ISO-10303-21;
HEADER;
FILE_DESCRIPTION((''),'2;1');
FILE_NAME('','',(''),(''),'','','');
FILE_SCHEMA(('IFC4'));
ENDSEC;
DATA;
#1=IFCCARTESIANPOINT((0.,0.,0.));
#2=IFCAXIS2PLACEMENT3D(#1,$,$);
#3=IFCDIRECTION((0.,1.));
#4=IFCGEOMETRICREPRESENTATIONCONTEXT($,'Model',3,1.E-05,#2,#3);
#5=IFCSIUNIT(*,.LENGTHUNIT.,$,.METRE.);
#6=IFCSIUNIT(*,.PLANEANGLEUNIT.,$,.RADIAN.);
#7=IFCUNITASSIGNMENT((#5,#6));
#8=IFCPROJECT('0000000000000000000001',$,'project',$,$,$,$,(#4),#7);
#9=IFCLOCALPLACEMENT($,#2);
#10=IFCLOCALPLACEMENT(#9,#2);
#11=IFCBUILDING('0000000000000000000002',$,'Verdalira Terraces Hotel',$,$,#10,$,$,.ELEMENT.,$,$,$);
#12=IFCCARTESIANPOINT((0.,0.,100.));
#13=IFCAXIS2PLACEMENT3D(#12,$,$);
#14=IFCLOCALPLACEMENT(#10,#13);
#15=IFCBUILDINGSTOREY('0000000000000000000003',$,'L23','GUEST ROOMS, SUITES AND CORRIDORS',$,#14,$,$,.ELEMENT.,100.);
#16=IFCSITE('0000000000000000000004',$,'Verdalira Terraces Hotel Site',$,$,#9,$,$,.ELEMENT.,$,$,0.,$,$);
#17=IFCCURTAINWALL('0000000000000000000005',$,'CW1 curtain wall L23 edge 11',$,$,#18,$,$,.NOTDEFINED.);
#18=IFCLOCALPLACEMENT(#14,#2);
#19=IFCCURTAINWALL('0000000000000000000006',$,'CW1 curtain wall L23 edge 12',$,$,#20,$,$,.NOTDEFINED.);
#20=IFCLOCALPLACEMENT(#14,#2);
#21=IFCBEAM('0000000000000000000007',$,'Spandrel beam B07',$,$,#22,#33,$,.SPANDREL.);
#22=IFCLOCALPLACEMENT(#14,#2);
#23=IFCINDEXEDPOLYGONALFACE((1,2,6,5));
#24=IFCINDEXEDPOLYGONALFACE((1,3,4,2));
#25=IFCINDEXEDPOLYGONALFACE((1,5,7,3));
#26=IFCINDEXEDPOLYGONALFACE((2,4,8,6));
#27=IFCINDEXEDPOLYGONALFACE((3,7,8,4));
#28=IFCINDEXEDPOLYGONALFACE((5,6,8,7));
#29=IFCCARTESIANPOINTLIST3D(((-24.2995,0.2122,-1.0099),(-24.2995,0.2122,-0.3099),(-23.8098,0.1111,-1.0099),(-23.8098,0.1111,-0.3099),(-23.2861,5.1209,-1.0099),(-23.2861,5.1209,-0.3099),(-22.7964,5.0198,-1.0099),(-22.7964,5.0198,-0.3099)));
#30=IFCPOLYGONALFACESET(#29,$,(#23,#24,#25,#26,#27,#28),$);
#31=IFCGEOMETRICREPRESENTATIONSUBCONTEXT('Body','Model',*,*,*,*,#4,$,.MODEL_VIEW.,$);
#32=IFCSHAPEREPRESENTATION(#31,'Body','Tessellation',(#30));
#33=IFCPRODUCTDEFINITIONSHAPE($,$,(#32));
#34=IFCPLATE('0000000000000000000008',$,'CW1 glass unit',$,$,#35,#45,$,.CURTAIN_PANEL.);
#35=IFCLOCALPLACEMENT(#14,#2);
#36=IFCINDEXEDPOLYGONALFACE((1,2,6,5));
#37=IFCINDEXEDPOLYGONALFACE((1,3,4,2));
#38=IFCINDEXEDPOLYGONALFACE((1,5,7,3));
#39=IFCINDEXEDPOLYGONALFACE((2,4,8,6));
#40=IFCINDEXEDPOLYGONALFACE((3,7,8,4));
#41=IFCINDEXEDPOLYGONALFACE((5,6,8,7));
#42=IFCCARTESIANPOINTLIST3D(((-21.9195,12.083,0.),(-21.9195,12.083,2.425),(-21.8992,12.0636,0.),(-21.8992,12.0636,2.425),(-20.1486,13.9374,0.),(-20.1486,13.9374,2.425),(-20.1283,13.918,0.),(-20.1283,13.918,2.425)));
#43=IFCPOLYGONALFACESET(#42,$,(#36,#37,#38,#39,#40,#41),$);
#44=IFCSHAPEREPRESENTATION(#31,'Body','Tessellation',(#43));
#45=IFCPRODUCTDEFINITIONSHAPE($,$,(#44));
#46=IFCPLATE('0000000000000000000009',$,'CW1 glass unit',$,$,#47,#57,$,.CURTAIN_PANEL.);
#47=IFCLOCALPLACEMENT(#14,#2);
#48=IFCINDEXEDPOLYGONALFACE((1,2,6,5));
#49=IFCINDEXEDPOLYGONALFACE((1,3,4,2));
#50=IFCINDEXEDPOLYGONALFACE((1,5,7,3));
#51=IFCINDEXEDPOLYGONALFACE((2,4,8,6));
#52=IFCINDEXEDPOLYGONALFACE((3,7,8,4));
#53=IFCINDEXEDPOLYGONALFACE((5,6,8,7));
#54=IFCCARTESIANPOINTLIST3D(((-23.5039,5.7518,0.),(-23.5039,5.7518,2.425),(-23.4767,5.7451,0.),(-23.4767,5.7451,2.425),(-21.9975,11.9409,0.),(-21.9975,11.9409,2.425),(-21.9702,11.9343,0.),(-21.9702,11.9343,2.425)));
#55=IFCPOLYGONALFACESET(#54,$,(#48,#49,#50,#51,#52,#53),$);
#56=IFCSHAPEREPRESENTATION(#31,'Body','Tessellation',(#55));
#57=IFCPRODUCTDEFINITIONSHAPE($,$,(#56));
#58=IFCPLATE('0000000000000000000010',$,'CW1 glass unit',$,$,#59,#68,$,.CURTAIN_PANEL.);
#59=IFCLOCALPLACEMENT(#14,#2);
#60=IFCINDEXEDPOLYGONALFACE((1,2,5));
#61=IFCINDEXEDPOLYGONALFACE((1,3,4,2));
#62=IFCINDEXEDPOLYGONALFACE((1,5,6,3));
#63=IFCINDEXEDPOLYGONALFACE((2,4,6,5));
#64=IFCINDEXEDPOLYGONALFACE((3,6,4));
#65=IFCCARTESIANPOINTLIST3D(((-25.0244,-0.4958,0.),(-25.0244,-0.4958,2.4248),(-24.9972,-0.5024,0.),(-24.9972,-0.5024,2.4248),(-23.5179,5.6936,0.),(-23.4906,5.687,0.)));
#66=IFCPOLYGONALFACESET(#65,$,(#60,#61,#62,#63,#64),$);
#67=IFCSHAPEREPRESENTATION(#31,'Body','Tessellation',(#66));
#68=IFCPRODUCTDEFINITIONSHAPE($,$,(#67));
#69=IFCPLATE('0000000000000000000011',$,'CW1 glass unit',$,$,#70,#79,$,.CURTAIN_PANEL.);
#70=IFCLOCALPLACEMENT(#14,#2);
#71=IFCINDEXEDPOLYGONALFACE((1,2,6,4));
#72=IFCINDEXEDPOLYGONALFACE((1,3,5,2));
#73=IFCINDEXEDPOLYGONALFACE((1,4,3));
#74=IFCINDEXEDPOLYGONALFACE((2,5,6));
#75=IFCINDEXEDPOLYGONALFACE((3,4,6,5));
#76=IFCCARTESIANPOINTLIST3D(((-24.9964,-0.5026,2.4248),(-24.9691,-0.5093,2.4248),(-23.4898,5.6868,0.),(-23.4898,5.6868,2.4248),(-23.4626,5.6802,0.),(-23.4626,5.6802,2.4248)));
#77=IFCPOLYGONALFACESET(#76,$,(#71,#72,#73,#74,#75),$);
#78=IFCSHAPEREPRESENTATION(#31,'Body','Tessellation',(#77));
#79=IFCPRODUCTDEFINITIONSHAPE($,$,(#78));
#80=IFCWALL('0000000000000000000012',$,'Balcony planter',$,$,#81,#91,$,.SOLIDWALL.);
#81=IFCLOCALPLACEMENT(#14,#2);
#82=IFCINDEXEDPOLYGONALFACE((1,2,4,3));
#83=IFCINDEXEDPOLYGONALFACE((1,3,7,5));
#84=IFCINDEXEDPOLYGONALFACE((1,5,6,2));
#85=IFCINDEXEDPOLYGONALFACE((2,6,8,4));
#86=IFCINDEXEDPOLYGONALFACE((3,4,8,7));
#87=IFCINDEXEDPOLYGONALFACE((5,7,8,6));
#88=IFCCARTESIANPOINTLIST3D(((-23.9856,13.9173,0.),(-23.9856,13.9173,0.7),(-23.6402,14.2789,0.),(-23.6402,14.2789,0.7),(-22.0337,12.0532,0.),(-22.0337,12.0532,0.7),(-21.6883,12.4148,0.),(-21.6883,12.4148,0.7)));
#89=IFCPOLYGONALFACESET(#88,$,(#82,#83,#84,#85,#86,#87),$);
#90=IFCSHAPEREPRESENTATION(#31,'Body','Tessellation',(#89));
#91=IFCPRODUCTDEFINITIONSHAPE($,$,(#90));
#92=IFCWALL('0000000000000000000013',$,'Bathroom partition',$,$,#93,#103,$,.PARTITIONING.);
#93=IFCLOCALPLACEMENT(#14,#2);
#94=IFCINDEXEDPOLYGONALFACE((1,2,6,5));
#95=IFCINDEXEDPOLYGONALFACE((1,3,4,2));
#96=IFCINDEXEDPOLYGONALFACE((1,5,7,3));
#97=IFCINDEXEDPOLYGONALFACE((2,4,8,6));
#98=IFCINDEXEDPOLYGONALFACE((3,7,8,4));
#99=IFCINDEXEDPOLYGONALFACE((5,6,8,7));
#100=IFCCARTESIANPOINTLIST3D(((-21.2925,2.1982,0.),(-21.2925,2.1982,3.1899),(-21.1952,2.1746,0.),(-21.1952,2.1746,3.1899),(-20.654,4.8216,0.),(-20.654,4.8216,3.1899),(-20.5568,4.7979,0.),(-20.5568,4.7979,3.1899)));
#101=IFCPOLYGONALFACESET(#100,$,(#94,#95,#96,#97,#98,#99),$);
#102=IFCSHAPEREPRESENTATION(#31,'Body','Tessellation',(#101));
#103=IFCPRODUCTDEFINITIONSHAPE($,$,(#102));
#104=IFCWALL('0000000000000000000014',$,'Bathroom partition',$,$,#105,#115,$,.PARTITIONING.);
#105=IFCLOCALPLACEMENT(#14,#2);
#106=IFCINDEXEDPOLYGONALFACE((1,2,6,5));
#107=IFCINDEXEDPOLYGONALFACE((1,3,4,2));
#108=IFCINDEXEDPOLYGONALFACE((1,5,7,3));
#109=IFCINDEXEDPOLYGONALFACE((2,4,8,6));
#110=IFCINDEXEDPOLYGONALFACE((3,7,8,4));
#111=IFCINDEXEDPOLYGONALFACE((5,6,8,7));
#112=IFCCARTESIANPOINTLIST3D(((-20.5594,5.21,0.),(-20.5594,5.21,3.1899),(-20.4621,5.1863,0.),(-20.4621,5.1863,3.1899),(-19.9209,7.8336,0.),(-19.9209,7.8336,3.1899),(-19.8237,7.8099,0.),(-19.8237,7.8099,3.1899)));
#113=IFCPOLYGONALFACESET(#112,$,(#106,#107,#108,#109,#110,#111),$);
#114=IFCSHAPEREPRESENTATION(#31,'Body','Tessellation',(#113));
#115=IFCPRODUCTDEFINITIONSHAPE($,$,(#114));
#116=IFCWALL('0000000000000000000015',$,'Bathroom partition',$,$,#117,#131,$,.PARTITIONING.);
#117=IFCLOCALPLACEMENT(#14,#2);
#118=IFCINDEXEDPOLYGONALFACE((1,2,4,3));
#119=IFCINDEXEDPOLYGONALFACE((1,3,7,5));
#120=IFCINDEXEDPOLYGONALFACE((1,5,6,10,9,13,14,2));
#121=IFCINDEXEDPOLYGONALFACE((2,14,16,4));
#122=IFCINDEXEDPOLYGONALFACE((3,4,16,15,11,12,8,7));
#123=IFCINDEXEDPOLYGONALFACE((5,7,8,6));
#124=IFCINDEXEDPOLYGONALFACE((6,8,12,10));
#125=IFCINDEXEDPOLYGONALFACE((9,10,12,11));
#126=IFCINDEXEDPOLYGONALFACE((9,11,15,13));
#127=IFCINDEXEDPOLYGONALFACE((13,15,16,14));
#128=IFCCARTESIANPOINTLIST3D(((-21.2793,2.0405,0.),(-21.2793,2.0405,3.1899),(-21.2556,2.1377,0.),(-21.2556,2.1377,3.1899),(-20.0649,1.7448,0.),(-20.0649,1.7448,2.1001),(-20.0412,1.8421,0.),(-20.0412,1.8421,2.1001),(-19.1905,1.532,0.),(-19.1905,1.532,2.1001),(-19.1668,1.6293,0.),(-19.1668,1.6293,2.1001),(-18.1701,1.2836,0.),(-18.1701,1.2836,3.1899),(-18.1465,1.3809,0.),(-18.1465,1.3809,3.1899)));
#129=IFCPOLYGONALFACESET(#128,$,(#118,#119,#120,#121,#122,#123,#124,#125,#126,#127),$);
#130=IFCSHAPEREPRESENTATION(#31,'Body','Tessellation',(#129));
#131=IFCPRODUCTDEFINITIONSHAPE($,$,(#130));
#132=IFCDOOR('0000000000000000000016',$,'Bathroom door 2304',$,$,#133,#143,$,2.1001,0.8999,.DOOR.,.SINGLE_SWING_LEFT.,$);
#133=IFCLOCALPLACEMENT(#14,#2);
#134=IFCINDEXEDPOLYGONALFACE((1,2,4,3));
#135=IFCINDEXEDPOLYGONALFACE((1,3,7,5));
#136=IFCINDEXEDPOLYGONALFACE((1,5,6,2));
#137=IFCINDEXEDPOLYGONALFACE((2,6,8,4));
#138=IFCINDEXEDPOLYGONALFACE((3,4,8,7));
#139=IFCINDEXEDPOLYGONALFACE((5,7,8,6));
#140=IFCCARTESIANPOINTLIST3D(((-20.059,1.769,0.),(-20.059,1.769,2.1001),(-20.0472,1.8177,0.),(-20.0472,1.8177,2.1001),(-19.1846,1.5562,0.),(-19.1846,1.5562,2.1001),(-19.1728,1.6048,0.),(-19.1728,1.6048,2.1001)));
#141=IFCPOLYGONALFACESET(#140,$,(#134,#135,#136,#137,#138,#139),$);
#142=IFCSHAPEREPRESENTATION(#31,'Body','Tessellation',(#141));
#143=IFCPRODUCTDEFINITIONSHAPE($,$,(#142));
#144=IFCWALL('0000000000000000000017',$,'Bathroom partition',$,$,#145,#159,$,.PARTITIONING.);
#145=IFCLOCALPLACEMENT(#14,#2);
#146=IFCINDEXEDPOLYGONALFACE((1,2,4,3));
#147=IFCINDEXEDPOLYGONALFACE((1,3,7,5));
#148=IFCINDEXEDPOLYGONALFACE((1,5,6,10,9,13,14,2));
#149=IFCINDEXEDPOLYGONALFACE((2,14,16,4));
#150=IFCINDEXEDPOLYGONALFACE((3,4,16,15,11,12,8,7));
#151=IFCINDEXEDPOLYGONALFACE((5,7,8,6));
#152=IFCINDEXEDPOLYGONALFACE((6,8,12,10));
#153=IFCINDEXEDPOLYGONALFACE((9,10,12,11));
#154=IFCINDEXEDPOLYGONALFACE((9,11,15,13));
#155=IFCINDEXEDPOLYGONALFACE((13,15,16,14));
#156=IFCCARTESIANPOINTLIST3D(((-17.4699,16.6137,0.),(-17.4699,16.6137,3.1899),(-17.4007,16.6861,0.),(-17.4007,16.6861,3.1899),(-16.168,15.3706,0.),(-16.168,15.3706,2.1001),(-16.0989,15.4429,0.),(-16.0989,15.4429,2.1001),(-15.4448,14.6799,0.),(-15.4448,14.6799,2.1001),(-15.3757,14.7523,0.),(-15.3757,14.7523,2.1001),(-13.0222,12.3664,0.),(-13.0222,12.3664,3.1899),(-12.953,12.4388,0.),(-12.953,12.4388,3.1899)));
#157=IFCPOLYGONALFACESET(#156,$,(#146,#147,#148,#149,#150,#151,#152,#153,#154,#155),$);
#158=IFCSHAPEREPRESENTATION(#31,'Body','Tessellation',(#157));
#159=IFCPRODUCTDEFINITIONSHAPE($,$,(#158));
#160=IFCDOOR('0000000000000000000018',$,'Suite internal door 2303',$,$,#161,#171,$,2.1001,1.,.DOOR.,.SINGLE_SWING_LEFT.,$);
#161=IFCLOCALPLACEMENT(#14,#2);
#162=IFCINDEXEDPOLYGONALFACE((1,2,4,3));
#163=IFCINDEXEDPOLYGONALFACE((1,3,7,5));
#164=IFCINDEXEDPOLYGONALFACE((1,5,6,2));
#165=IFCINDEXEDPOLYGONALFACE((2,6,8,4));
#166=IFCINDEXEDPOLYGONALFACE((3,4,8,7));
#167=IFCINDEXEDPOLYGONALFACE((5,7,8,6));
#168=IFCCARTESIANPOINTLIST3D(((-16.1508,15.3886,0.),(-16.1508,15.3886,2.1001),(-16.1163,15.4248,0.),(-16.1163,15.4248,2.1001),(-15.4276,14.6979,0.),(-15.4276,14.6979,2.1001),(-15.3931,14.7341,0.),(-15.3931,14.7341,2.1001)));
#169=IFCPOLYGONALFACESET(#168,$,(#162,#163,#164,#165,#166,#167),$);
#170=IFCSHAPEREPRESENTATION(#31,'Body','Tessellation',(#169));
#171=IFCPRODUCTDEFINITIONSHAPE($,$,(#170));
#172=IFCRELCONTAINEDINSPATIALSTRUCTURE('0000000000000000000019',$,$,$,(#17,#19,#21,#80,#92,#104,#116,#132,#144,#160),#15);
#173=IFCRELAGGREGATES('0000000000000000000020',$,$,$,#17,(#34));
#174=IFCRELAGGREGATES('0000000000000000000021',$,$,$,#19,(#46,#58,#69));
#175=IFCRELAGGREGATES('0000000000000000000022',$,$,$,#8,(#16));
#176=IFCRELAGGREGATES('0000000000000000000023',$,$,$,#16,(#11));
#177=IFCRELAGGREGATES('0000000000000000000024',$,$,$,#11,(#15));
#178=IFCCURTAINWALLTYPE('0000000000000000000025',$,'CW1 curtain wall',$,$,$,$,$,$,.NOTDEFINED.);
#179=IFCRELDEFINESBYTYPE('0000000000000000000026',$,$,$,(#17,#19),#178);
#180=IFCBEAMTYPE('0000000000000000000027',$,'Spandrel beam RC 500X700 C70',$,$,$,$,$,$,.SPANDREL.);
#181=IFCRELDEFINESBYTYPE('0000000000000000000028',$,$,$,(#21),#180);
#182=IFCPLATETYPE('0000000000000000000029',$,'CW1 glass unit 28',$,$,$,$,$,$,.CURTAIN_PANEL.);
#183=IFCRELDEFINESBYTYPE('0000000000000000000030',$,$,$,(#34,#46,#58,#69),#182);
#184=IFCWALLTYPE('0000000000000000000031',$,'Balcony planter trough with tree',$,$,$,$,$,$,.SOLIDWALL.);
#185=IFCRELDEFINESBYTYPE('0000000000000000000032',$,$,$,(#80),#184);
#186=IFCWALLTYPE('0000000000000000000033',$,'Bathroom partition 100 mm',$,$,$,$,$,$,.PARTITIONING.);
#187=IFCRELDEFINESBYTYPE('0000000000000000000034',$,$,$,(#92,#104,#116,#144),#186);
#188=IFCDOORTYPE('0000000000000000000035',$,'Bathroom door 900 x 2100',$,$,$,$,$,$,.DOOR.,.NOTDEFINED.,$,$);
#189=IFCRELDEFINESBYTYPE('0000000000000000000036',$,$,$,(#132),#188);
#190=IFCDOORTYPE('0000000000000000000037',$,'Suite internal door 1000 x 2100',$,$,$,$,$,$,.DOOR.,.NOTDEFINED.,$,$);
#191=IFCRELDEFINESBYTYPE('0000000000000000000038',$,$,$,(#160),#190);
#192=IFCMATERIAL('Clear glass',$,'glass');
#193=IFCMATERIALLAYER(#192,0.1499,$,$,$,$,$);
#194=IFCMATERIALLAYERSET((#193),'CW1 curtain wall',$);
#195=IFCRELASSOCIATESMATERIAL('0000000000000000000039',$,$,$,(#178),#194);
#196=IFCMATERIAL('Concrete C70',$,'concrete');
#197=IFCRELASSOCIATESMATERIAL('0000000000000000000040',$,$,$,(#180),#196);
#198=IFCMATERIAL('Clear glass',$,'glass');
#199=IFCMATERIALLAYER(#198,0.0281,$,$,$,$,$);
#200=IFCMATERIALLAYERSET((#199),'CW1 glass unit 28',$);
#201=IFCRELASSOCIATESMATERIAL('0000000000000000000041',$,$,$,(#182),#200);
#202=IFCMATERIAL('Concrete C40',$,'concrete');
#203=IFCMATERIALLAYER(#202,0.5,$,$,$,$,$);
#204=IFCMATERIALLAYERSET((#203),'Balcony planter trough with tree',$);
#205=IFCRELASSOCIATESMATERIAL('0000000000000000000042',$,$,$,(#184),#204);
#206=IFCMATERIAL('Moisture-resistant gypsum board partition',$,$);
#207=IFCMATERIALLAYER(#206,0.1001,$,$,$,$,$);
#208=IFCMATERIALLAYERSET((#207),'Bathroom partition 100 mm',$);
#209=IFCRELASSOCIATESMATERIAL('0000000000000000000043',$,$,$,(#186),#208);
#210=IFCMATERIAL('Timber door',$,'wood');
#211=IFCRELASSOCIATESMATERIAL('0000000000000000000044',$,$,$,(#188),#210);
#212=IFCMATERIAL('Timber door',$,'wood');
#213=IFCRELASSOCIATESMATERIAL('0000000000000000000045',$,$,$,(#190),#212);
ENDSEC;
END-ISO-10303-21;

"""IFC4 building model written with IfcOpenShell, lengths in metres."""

from ifc_helpers import new_model, si_unit, direction, frame, frame_2d, origin, origin_2d, place, context, subcontext, project, spatial, polyline, rectangle, outline, extrude, material, layer, layer_set, material_profile, profile_set, type_object, element, fill, aggregate, save


model = new_model("IFC4")

# Units and contexts
model_context = context("Model", 3, precision=1e-05, world=origin(), true_north=direction((0.0, 1.0)))
body_context = subcontext(model_context, "Body", "Model", "MODEL_VIEW")
ifc_project = project(units=[si_unit("LENGTHUNIT", "METRE"), si_unit("PLANEANGLEUNIT", "RADIAN")], contexts=[model_context])

# Site, building, storey
site_placement = place(None, origin())
site = spatial("IfcSite", under=ifc_project, at=site_placement, Name="Verdalira Terraces Hotel Site", CompositionType="ELEMENT", RefElevation=0.0)
building_placement = place(site_placement, origin())
building = spatial("IfcBuilding", under=site, at=building_placement, Name="Verdalira Terraces Hotel", CompositionType="ELEMENT")
storey_placement = place(building_placement, frame((0.0, 0.0, 100.0)))
storey = spatial("IfcBuildingStorey", under=building, at=storey_placement, Name="L23", Description="GUEST ROOMS, SUITES AND CORRIDORS", CompositionType="ELEMENT", Elevation=100.0)

# Curtain wall
ifc_material_1 = material(Name="Clear glass", Category="glass")
ifc_layer_1 = layer(ifc_material_1, 0.1499)
ifc_layer_set_1 = layer_set([ifc_layer_1], Name="CW1 curtain wall")
curtain_wall_type = type_object("IfcCurtainWallType", Name="CW1 curtain wall", PredefinedType="NOTDEFINED", material=ifc_layer_set_1)
curtain_wall_1_placement = place(storey_placement, origin())
curtain_wall_1 = element("IfcCurtainWall", 1, at=curtain_wall_1_placement, inside=storey, type_object=curtain_wall_type, Name="CW1 curtain wall L23 edge 11", PredefinedType="NOTDEFINED")

# Curtain wall
curtain_wall_2_placement = place(storey_placement, origin())
curtain_wall_2 = element("IfcCurtainWall", 2, at=curtain_wall_2_placement, inside=storey, type_object=curtain_wall_type, Name="CW1 curtain wall L23 edge 12", PredefinedType="NOTDEFINED")

# Beam
ifc_material_2 = material(Name="Concrete C70", Category="concrete")
ifc_material_profile_1 = material_profile(ifc_material_2, rectangle(XDim=0.5, YDim=0.7, at=origin_2d()), Name="RC 500X700")
ifc_profile_set_1 = profile_set([ifc_material_profile_1], Name="Concrete C70")
beam_type_1 = type_object("IfcBeamType", Name="Spandrel beam RC 500X700 C70", PredefinedType="SPANDREL", material=ifc_profile_set_1)
beam_1_placement = place(storey_placement, frame((-23.0413, 5.0703, -0.6599), z_axis=(-0.202192, -0.979346, 0.0), x_axis=(0.979346, -0.202192, 0.0)))
element("IfcBeam", 3, at=beam_1_placement, inside=storey, type_object=beam_type_1, Name="Spandrel beam B07", PredefinedType="SPANDREL", context=body_context, shape_type="SweptSolid", body=[
    extrude(rectangle(XDim=0.5, YDim=0.7, at=origin_2d()), origin(), (0.0, 0.0, 1.0), 5.0122),
])

# Plates
ifc_material_3 = material(Name="Clear glass", Category="glass")
ifc_layer_2 = layer(ifc_material_3, 0.0281)
ifc_layer_set_2 = layer_set([ifc_layer_2], Name="CW1 glass unit 28")
plate_type = type_object("IfcPlateType", Name="CW1 glass unit 28", PredefinedType="CURTAIN_PANEL", material=ifc_layer_set_2)
plate_1_placement = place(storey_placement, frame((-21.0239, 13.0005, 0.0), z_axis=(0.0, 0.0, 1.0), x_axis=(-0.69063, -0.723208, 0.0)))
plate_1 = element("IfcPlate", 4, at=plate_1_placement, type_object=plate_type, Name="CW1 glass unit", PredefinedType="CURTAIN_PANEL", context=body_context, shape_type="SweptSolid", body=[
    extrude(rectangle(XDim=2.5642, YDim=0.0281, at=origin_2d()), origin(), (0.0, 0.0, 1.0), 2.425),
])
aggregate(curtain_wall_1, [plate_1])
plate_2_placement = place(storey_placement, frame((-22.7371, 8.843, 0.0), z_axis=(0.0, 0.0, 1.0), x_axis=(-0.236499, -0.971632, 0.0)))
plate_2 = element("IfcPlate", 5, at=plate_2_placement, type_object=plate_type, Name="CW1 glass unit", PredefinedType="CURTAIN_PANEL", context=body_context, shape_type="SweptSolid", body=[
    extrude(rectangle(XDim=6.3699, YDim=0.0281, at=origin_2d()), origin(), (0.0, 0.0, 1.0), 2.425),
])
plate_3_placement = place(storey_placement, frame((-24.2439, 2.5923, 1.2124), z_axis=(-0.971632, 0.236499, 0.0), x_axis=(-0.236499, -0.971632, 0.0)))
plate_3 = element("IfcPlate", 6, at=plate_3_placement, type_object=plate_type, Name="CW1 glass unit", PredefinedType="CURTAIN_PANEL", context=body_context, shape_type="SweptSolid", body=[
    extrude(outline(polyline([(-3.1851, -1.2124), (3.1851, -1.2124), (3.1851, 1.2124), (-3.1851, -1.2124)])), origin(), (0.0, 0.0, 1.0), 0.0281),
])
plate_4_placement = place(storey_placement, frame((-24.2158, 2.5854, 1.2124), z_axis=(-0.971632, 0.236499, 0.0), x_axis=(-0.236499, -0.971632, 0.0)))
plate_4 = element("IfcPlate", 7, at=plate_4_placement, type_object=plate_type, Name="CW1 glass unit", PredefinedType="CURTAIN_PANEL", context=body_context, shape_type="SweptSolid", body=[
    extrude(outline(polyline([(-3.1851, -1.2124), (3.1851, 1.2124), (-3.1851, 1.2124), (-3.1851, -1.2124)])), origin(), (0.0, 0.0, 1.0), 0.0281),
])
aggregate(curtain_wall_2, [plate_2, plate_3, plate_4])

# Walls
ifc_material_4 = material(Name="Concrete C40", Category="concrete")
ifc_layer_3 = layer(ifc_material_4, 0.5)
ifc_layer_set_3 = layer_set([ifc_layer_3], Name="Balcony planter trough with tree")
wall_type_1 = type_object("IfcWallType", Name="Balcony planter trough with tree", PredefinedType="SOLIDWALL", material=ifc_layer_set_3)
wall_1_placement = place(storey_placement, frame((-23.813, 14.0981, 0.0), z_axis=(0.0, 0.0, 1.0), x_axis=(0.723202, -0.690637, 0.0)))
element("IfcWall", 8, at=wall_1_placement, inside=storey, type_object=wall_type_1, Name="Balcony planter", PredefinedType="SOLIDWALL", context=body_context, shape_type="SweptSolid", body=[
    extrude(rectangle(XDim=2.699, YDim=0.5, at=frame_2d((1.3496, 0.0))), origin(), (0.0, 0.0, 1.0), 0.7),
])
ifc_material_5 = material(Name="Moisture-resistant gypsum board partition")
ifc_layer_4 = layer(ifc_material_5, 0.1001)
ifc_layer_set_4 = layer_set([ifc_layer_4], Name="Bathroom partition 100 mm")
wall_type_2 = type_object("IfcWallType", Name="Bathroom partition 100 mm", PredefinedType="PARTITIONING", material=ifc_layer_set_4)
wall_2_placement = place(storey_placement, frame((-21.2439, 2.1863, 0.0), z_axis=(0.0, 0.0, 1.0), x_axis=(0.236467, 0.97164, 0.0)))
element("IfcWall", 9, at=wall_2_placement, inside=storey, type_object=wall_type_2, Name="Bathroom partition", PredefinedType="PARTITIONING", context=body_context, shape_type="SweptSolid", body=[
    extrude(rectangle(XDim=2.7, YDim=0.1001, at=frame_2d((1.3501, 0.0))), origin(), (0.0, 0.0, 1.0), 3.1899),
])
wall_3_placement = place(storey_placement, frame((-19.8723, 7.8218, 0.0), z_axis=(0.0, 0.0, 1.0), x_axis=(-0.236446, -0.971645, 0.0)))
element("IfcWall", 10, at=wall_3_placement, inside=storey, type_object=wall_type_2, Name="Bathroom partition", PredefinedType="PARTITIONING", context=body_context, shape_type="SweptSolid", body=[
    extrude(rectangle(XDim=2.7002, YDim=0.1001, at=frame_2d((1.3501, 0.0))), origin(), (0.0, 0.0, 1.0), 3.1899),
])

# Walls, openings, doors
wall_4_placement = place(storey_placement, frame((-21.2676, 2.0891, 0.0), z_axis=(0.0, 0.0, 1.0), x_axis=(0.971627, -0.236517, 0.0)))
wall_4 = element("IfcWall", 11, at=wall_4_placement, inside=storey, type_object=wall_type_2, Name="Bathroom partition", PredefinedType="PARTITIONING", context=body_context, shape_type="SweptSolid", body=[
    extrude(rectangle(XDim=3.2, YDim=0.1001, at=frame_2d((1.6001, 0.0))), origin(), (0.0, 0.0, 1.0), 3.1899),
])
opening_1_placement = place(wall_4_placement, frame((1.25, 0.0, 0.0)))
opening_1 = element("IfcOpeningElement", 12, at=opening_1_placement, cuts=wall_4, PredefinedType="OPENING", context=body_context, shape_type="SweptSolid", body=[
    extrude(rectangle(XDim=0.8999, YDim=2.1001, at=frame_2d((0.45, 1.05))), frame((0.0, 0.0601, 0.0), z_axis=(0.0, -1.0, 0.0), x_axis=(1.0, 0.0, 0.0)), (0.0, 0.0, 1.0), 0.1201),
])
ifc_material_6 = material(Name="Timber door", Category="wood")
door_type_1 = type_object("IfcDoorType", Name="Bathroom door 900 x 2100", OperationType="NOTDEFINED", PredefinedType="DOOR", material=ifc_material_6)
door_1_placement = place(opening_1_placement, origin())
door_1 = element("IfcDoor", 13, at=door_1_placement, inside=storey, type_object=door_type_1, Name="Bathroom door 2304", OperationType="SINGLE_SWING_LEFT", OverallHeight=2.1001, OverallWidth=0.8999, PredefinedType="DOOR", context=body_context, shape_type="SweptSolid", body=[
    extrude(rectangle(XDim=0.8999, YDim=2.1001, at=frame_2d((0.45, 1.05))), frame((0.0, 0.0249, 0.0), z_axis=(0.0, -1.0, 0.0), x_axis=(1.0, 0.0, 0.0)), (0.0, 0.0, 1.0), 0.05),
])
fill(opening_1, door_1)
wall_5_placement = place(storey_placement, frame((-17.4353, 16.6499, 0.0), z_axis=(0.0, 0.0, 1.0), x_axis=(0.723215, -0.690623, 0.0)))
wall_5 = element("IfcWall", 14, at=wall_5_placement, inside=storey, type_object=wall_type_2, Name="Bathroom partition", PredefinedType="PARTITIONING", context=body_context, shape_type="SweptSolid", body=[
    extrude(rectangle(XDim=6.1499, YDim=0.1001, at=frame_2d((3.075, 0.0))), origin(), (0.0, 0.0, 1.0), 3.1899),
])
opening_2_placement = place(wall_5_placement, frame((1.8, 0.0, 0.0)))
opening_2 = element("IfcOpeningElement", 15, at=opening_2_placement, cuts=wall_5, PredefinedType="OPENING", context=body_context, shape_type="SweptSolid", body=[
    extrude(rectangle(XDim=1.0, YDim=2.1001, at=frame_2d((0.5, 1.05))), frame((0.0, 0.0601, 0.0), z_axis=(0.0, -1.0, 0.0), x_axis=(1.0, 0.0, 0.0)), (0.0, 0.0, 1.0), 0.1201),
])
ifc_material_7 = material(Name="Timber door", Category="wood")
door_type_2 = type_object("IfcDoorType", Name="Suite internal door 1000 x 2100", OperationType="NOTDEFINED", PredefinedType="DOOR", material=ifc_material_7)
door_2_placement = place(opening_2_placement, origin())
door_2 = element("IfcDoor", 16, at=door_2_placement, inside=storey, type_object=door_type_2, Name="Suite internal door 2303", OperationType="SINGLE_SWING_LEFT", OverallHeight=2.1001, OverallWidth=1.0, PredefinedType="DOOR", context=body_context, shape_type="SweptSolid", body=[
    extrude(rectangle(XDim=1.0, YDim=2.1001, at=frame_2d((0.5, 1.05))), frame((0.0, 0.0249, 0.0), z_axis=(0.0, -1.0, 0.0), x_axis=(1.0, 0.0, 0.0)), (0.0, 0.0, 1.0), 0.05),
])
fill(opening_2, door_2)

save(model, "model.ifc")
